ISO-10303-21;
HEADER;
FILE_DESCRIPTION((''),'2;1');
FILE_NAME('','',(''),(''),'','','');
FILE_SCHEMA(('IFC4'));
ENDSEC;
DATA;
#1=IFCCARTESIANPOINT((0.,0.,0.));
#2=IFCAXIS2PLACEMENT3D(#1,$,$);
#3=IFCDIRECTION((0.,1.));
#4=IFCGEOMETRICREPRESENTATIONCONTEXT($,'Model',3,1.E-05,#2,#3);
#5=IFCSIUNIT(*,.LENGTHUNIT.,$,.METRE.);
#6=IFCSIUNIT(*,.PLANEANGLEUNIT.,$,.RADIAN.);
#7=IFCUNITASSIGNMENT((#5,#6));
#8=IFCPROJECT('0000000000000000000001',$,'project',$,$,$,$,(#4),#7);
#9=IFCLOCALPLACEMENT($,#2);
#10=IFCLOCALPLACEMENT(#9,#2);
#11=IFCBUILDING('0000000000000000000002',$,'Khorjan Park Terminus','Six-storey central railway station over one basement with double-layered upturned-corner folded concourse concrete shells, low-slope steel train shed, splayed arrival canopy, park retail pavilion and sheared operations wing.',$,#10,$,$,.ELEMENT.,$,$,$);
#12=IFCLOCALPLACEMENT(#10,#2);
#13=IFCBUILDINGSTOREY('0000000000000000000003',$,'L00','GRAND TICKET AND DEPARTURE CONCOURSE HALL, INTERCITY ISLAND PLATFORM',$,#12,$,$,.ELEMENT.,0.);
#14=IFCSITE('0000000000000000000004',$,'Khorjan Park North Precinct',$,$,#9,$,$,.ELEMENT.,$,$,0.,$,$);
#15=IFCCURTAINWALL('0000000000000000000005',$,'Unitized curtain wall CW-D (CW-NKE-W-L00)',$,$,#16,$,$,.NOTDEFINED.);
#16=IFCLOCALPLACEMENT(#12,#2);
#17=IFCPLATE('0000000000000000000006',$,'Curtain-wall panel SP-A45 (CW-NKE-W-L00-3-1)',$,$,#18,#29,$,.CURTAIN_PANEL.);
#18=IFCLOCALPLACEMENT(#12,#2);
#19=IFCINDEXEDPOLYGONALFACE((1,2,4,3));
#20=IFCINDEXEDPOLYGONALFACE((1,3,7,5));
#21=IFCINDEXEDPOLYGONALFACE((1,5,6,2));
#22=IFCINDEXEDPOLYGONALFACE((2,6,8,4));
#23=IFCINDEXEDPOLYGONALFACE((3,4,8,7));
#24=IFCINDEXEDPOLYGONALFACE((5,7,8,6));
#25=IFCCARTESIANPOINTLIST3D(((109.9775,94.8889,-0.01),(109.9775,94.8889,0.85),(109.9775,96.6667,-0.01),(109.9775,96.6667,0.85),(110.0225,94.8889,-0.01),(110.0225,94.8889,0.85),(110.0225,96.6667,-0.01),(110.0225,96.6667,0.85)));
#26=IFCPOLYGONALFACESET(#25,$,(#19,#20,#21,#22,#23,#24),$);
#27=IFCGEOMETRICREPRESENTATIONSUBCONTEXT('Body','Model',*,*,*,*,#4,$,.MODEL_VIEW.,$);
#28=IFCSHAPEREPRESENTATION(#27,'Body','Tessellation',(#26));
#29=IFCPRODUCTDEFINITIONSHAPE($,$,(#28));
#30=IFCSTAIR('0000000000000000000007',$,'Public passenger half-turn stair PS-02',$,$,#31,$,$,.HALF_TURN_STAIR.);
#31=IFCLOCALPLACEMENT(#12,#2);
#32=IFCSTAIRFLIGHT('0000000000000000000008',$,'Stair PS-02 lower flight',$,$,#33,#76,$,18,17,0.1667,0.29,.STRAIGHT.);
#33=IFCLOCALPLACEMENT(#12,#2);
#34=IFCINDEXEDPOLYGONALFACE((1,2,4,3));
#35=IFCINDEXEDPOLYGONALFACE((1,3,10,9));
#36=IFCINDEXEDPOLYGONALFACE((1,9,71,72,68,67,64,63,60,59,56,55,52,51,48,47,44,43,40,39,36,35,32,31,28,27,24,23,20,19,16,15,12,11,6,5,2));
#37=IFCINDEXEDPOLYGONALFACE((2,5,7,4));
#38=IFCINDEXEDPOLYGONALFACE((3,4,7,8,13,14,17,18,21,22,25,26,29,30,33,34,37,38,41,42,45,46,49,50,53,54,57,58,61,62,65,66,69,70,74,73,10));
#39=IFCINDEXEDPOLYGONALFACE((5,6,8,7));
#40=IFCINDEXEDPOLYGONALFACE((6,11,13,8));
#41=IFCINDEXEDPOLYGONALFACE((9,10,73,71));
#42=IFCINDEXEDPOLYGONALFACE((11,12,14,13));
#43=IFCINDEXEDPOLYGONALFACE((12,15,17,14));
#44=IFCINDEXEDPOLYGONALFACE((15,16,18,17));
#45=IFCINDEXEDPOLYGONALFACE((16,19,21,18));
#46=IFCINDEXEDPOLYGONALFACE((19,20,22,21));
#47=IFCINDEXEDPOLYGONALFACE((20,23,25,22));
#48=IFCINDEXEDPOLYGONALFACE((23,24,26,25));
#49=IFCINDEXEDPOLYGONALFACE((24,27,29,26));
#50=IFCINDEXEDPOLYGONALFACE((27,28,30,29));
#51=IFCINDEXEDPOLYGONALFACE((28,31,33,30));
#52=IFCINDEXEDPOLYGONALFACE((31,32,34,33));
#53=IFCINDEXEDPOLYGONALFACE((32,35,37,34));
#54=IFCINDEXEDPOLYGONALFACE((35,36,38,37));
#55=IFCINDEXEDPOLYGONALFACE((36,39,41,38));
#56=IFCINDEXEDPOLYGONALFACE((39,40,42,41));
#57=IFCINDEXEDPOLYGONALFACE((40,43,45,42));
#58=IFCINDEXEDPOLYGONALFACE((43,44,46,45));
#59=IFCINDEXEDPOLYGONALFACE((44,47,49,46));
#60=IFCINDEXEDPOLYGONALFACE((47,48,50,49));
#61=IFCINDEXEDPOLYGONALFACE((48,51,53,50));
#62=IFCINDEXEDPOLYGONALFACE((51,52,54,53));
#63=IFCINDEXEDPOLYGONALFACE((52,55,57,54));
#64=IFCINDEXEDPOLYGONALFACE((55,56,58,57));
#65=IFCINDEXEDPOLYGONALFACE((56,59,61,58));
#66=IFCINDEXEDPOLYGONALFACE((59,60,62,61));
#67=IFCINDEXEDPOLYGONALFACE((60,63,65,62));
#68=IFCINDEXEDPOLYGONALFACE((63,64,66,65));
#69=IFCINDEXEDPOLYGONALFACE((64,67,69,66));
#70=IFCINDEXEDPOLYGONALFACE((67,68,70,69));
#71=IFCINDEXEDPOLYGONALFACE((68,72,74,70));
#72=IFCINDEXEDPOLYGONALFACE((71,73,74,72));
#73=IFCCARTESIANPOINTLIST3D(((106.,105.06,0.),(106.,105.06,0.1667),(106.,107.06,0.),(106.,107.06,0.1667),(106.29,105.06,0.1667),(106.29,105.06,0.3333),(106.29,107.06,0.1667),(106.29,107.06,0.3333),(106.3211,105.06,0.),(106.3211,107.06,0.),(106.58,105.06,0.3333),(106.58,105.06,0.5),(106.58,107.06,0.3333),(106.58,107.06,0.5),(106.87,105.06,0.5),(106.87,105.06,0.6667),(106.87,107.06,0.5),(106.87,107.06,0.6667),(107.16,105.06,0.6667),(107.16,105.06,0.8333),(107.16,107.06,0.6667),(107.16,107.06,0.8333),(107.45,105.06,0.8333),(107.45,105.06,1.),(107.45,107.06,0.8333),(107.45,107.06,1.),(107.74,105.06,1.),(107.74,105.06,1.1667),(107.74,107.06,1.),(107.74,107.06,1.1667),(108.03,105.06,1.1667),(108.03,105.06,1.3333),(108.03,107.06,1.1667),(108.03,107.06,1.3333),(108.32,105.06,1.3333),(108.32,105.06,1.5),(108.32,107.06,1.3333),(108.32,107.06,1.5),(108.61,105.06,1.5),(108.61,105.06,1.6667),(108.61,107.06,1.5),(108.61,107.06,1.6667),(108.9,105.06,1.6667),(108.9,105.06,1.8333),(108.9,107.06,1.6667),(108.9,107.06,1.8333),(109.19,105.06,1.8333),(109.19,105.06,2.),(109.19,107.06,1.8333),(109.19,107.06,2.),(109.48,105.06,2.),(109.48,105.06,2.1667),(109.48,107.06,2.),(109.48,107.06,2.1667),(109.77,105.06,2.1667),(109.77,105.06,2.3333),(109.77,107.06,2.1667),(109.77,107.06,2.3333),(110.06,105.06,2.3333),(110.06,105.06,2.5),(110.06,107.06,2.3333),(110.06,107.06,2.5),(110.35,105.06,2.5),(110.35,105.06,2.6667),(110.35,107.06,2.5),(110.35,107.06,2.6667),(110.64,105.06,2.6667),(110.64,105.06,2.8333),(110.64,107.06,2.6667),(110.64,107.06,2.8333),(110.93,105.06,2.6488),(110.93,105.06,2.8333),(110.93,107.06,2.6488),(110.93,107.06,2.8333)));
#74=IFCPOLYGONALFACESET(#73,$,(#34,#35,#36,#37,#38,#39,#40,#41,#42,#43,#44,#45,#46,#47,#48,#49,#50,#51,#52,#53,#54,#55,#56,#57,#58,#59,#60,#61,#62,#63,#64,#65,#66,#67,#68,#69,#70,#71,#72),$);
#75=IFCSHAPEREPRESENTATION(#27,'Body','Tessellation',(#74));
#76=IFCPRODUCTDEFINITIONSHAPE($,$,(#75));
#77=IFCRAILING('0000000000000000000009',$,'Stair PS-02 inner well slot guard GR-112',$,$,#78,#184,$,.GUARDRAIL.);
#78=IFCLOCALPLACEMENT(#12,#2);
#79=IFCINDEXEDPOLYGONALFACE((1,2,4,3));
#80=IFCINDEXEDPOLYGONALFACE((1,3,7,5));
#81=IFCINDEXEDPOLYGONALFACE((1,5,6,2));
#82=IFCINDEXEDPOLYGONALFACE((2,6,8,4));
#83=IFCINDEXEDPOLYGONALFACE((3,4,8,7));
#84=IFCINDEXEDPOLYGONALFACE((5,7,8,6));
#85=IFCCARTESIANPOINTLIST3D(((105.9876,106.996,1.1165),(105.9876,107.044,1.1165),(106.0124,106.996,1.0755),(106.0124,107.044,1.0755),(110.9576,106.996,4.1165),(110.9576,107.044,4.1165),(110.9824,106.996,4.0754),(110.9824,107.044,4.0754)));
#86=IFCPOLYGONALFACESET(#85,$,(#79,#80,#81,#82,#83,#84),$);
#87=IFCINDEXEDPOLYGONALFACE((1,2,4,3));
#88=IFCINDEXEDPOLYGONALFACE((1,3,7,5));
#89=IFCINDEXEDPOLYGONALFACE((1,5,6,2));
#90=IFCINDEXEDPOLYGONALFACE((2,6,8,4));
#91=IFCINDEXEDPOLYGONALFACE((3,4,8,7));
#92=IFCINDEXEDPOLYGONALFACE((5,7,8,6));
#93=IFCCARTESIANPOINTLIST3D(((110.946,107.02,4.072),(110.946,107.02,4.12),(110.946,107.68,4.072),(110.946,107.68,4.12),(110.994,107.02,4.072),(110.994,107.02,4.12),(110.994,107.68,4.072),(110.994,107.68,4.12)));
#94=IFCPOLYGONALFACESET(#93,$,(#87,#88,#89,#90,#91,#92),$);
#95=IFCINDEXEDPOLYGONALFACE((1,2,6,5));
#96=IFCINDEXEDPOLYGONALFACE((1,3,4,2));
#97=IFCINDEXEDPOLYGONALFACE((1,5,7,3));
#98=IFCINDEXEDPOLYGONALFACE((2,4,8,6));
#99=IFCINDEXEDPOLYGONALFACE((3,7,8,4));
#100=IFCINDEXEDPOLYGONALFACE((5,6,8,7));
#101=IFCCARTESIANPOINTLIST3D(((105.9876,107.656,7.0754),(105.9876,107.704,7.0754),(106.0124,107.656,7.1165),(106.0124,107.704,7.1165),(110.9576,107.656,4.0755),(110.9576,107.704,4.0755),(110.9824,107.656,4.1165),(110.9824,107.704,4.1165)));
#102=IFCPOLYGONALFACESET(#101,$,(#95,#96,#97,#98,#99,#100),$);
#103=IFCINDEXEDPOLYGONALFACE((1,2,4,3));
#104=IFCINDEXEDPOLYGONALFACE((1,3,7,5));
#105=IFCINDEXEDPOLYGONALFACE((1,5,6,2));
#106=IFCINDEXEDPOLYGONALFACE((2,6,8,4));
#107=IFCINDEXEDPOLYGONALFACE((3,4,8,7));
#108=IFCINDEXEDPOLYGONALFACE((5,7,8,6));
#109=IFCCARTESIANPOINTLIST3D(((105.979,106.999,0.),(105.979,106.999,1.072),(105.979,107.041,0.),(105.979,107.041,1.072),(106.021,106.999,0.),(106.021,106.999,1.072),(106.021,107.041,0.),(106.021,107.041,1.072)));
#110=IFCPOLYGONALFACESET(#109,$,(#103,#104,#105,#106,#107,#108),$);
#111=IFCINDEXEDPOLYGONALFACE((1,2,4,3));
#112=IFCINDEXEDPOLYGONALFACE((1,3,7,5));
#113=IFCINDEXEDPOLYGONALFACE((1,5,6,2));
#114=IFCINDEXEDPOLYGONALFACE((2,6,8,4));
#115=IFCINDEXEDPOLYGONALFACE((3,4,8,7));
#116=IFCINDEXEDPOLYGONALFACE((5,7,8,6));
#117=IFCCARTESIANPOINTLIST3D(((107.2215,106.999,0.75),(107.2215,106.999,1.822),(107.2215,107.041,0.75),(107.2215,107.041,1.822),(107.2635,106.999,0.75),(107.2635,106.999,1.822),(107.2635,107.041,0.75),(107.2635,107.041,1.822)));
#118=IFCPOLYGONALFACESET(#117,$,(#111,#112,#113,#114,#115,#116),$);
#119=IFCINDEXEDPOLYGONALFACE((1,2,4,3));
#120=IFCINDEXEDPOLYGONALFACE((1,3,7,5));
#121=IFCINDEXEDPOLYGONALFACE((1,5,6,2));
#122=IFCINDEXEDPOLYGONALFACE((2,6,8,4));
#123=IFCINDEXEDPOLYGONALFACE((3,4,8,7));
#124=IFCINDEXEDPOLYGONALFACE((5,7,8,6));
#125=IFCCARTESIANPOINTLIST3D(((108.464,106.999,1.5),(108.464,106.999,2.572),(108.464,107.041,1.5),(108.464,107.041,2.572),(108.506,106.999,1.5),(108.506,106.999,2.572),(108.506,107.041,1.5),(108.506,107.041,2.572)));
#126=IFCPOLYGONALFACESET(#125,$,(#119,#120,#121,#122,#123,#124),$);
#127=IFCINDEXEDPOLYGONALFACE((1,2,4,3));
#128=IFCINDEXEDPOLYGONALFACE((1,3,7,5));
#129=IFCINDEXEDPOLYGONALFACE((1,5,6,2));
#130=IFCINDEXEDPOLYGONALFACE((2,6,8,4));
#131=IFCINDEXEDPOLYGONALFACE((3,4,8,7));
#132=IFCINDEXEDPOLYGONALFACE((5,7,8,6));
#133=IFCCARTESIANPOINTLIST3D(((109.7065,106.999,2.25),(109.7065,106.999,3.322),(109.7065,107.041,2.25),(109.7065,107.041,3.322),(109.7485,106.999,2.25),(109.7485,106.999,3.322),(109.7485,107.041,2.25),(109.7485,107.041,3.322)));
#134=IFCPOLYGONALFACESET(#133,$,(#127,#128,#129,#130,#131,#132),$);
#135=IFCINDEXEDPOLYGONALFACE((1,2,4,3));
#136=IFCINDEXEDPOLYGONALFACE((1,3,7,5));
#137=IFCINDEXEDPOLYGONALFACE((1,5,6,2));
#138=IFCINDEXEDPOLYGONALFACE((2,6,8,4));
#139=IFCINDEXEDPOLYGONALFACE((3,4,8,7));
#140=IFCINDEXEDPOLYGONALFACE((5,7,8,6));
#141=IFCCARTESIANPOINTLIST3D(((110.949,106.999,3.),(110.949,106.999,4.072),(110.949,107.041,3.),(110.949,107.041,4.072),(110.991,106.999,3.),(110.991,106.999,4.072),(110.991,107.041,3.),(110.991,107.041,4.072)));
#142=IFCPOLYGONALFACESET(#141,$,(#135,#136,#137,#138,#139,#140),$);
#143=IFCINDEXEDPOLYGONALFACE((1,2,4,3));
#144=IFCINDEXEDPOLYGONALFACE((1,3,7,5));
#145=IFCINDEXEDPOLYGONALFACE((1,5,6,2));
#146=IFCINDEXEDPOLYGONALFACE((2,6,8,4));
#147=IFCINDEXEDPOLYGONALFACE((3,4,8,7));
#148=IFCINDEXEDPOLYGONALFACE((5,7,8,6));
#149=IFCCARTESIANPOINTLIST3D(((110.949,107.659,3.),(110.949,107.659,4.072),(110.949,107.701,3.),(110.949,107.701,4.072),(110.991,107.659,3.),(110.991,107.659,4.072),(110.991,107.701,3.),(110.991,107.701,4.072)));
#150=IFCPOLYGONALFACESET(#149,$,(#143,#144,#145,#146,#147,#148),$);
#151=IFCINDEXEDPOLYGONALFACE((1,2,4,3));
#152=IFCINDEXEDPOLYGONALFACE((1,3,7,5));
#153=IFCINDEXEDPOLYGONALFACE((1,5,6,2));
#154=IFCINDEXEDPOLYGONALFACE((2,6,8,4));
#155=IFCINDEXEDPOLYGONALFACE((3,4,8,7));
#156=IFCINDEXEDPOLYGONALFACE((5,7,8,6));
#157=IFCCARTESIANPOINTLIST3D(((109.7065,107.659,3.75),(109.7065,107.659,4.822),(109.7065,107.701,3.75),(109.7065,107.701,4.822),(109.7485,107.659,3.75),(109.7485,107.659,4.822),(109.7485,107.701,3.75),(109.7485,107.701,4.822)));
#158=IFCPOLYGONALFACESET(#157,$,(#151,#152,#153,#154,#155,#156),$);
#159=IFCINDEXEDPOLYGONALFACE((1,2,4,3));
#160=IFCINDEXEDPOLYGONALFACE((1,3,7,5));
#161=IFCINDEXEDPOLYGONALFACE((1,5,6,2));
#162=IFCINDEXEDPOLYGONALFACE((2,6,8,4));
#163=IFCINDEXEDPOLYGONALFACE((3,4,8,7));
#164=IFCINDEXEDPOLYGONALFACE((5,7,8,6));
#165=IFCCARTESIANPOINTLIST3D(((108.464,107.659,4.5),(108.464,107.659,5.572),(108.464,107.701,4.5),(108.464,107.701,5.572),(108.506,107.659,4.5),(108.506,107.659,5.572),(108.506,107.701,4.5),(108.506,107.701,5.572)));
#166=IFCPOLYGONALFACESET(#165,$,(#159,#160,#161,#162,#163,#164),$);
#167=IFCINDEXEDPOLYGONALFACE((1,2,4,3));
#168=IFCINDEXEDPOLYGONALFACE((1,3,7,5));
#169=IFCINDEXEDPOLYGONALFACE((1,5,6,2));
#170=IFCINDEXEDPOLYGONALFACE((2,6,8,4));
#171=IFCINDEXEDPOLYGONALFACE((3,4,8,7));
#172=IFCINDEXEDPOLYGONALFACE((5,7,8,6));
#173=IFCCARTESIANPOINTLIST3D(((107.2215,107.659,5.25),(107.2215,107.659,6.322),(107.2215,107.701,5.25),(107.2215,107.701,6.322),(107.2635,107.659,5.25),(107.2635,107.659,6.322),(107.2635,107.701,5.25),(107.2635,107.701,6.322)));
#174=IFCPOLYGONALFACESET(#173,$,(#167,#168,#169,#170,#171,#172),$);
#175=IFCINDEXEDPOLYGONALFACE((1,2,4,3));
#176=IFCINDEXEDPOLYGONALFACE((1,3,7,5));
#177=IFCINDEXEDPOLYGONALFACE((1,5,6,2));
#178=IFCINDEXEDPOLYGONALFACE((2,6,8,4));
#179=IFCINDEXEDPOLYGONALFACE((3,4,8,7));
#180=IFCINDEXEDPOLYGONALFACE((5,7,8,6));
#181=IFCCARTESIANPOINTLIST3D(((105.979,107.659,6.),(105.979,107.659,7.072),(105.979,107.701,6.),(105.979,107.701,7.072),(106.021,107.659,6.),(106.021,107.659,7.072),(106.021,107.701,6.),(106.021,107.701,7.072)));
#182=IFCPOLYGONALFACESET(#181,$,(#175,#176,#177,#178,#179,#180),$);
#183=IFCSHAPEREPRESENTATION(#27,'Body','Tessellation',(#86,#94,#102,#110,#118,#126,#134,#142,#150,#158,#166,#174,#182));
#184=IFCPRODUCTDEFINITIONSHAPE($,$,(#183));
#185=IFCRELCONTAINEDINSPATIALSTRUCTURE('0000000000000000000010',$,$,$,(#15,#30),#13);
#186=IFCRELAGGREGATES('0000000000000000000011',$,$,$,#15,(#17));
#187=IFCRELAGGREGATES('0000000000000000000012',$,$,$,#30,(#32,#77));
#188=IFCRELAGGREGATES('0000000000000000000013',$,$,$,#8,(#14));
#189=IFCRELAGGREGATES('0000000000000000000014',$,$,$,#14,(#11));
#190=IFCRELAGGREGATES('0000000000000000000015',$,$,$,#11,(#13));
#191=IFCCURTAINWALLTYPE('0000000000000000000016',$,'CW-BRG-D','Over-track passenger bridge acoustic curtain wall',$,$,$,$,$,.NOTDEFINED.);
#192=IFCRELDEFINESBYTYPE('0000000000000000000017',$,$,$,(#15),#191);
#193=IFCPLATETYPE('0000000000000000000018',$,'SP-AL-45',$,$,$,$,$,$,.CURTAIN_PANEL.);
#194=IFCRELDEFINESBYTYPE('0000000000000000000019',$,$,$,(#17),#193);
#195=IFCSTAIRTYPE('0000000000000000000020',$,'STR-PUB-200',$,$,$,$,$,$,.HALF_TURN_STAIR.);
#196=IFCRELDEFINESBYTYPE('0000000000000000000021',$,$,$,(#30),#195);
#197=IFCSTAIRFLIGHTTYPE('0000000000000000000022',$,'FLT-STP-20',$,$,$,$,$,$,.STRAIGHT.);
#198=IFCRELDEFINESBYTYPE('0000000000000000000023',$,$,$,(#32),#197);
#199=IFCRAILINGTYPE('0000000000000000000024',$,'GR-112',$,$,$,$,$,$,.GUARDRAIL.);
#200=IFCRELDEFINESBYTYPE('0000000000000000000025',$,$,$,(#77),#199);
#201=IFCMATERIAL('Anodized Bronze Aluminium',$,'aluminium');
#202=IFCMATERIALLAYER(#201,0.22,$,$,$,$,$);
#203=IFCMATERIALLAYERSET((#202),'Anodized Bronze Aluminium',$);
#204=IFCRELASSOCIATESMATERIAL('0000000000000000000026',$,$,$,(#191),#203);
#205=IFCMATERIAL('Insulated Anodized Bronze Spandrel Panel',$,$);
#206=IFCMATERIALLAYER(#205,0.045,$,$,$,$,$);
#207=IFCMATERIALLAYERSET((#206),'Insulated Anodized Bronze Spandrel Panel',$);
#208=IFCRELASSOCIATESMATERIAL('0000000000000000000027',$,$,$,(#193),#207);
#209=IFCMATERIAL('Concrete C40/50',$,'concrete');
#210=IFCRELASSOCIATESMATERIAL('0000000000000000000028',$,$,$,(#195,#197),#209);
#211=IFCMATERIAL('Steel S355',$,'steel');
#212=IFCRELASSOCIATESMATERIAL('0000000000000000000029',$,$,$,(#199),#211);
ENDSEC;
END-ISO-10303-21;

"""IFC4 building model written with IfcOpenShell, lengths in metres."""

from ifc_helpers import new_model, si_unit, direction, frame, origin, origin_2d, place, context, subcontext, project, spatial, polyline, rectangle, outline, extrude, material, layer, layer_set, type_object, element, aggregate, save


model = new_model("IFC4")

# Units and contexts
model_context = context("Model", 3, precision=1e-05, world=origin(), true_north=direction((0.0, 1.0)))
body_context = subcontext(model_context, "Body", "Model", "MODEL_VIEW")
ifc_project = project(units=[si_unit("LENGTHUNIT", "METRE"), si_unit("PLANEANGLEUNIT", "RADIAN")], contexts=[model_context])

# Site, building, storey
site_placement = place(None, origin())
site = spatial("IfcSite", under=ifc_project, at=site_placement, Name="Khorjan Park North Precinct", CompositionType="ELEMENT", RefElevation=0.0)
building_placement = place(site_placement, origin())
building = spatial("IfcBuilding", under=site, at=building_placement, Name="Khorjan Park Terminus", Description="Six-storey central railway station over one basement with double-layered upturned-corner folded concourse concrete shells, low-slope steel train shed, splayed arrival canopy, park retail pavilion and sheared operations wing.", CompositionType="ELEMENT")
storey_placement = place(building_placement, origin())
storey = spatial("IfcBuildingStorey", under=building, at=storey_placement, Name="L00", Description="GRAND TICKET AND DEPARTURE CONCOURSE HALL, INTERCITY ISLAND PLATFORM", CompositionType="ELEMENT", Elevation=0.0)

# Shared definitions
ifc_material_1 = material(Name="Steel S355", Category="steel")

# Curtain wall, plate
ifc_material_2 = material(Name="Anodized Bronze Aluminium", Category="aluminium")
ifc_layer_1 = layer(ifc_material_2, 0.22)
ifc_layer_set_1 = layer_set([ifc_layer_1], Name="Anodized Bronze Aluminium")
curtain_wall_type = type_object("IfcCurtainWallType", Name="CW-BRG-D", Description="Over-track passenger bridge acoustic curtain wall", PredefinedType="NOTDEFINED", material=ifc_layer_set_1)
curtain_wall_placement = place(storey_placement, origin())
curtain_wall = element("IfcCurtainWall", 1, at=curtain_wall_placement, inside=storey, type_object=curtain_wall_type, Name="Unitized curtain wall CW-D (CW-NKE-W-L00)", PredefinedType="NOTDEFINED")
ifc_material_3 = material(Name="Insulated Anodized Bronze Spandrel Panel")
ifc_layer_2 = layer(ifc_material_3, 0.045)
ifc_layer_set_2 = layer_set([ifc_layer_2], Name="Insulated Anodized Bronze Spandrel Panel")
plate_type_1 = type_object("IfcPlateType", Name="SP-AL-45", PredefinedType="CURTAIN_PANEL", material=ifc_layer_set_2)
plate_1_placement = place(storey_placement, frame((110.0, 95.7778, -0.01), z_axis=(0.0, 0.0, 1.0), x_axis=(0.0, -1.0, 0.0)))
plate_1 = element("IfcPlate", 2, at=plate_1_placement, type_object=plate_type_1, Name="Curtain-wall panel SP-A45 (CW-NKE-W-L00-3-1)", PredefinedType="CURTAIN_PANEL", context=body_context, shape_type="SweptSolid", body=[
    extrude(rectangle(XDim=1.7778, YDim=0.045, at=origin_2d()), origin(), (0.0, 0.0, 1.0), 0.86),
])
aggregate(curtain_wall, [plate_1])

# Stair, stair flight, railing
ifc_material_4 = material(Name="Concrete C40/50", Category="concrete")
stair_type = type_object("IfcStairType", Name="STR-PUB-200", PredefinedType="HALF_TURN_STAIR", material=ifc_material_4)
stair_placement = place(storey_placement, origin())
stair = element("IfcStair", 3, at=stair_placement, inside=storey, type_object=stair_type, Name="Public passenger half-turn stair PS-02", PredefinedType="HALF_TURN_STAIR")
stair_flight_type = type_object("IfcStairFlightType", Name="FLT-STP-20", PredefinedType="STRAIGHT", material=ifc_material_4)
stair_flight_placement = place(storey_placement, frame((106.0, 106.06, 0.0), z_axis=(0.0, 0.0, 1.0), x_axis=(1.0, 0.0, 0.0)))
stair_flight = element("IfcStairFlight", 4, at=stair_flight_placement, type_object=stair_flight_type, Name="Stair PS-02 lower flight", NumberOfRisers=18, NumberOfTreads=17, PredefinedType="STRAIGHT", RiserHeight=0.1667, TreadLength=0.29, context=body_context, shape_type="SweptSolid", body=[
    extrude(outline(polyline([(0.0, 0.0), (0.0, 0.1667), (0.29, 0.1667), (0.29, 0.3333), (0.58, 0.3333), (0.58, 0.5), (0.87, 0.5), (0.87, 0.6667), (1.16, 0.6667), (1.16, 0.8333), (1.45, 0.8333), (1.45, 1.0), (1.74, 1.0), (1.74, 1.1667), (2.03, 1.1667), (2.03, 1.3333), (2.32, 1.3333), (2.32, 1.5), (2.61, 1.5), (2.61, 1.6667), (2.9, 1.6667), (2.9, 1.8333), (3.19, 1.8333), (3.19, 2.0), (3.48, 2.0), (3.48, 2.1667), (3.77, 2.1667), (3.77, 2.3333), (4.06, 2.3333), (4.06, 2.5), (4.35, 2.5), (4.35, 2.6667), (4.64, 2.6667), (4.64, 2.8333), (4.93, 2.8333), (4.93, 3.0), (4.93, 2.6488), (0.3211, 0.0), (0.0, 0.0)])), frame((0.0, 1.0, 0.0), z_axis=(0.0, -1.0, 0.0), x_axis=(1.0, 0.0, 0.0)), (0.0, 0.0, 1.0), 2.0),
])
railing_type_1 = type_object("IfcRailingType", Name="GR-112", PredefinedType="GUARDRAIL", material=ifc_material_1)
railing_1_placement = place(storey_placement, frame((106.0, 107.02, 0.0)))
railing_1 = element("IfcRailing", 5, at=railing_1_placement, type_object=railing_type_1, Name="Stair PS-02 inner well slot guard GR-112", PredefinedType="GUARDRAIL", context=body_context, shape_type="SweptSolid", body=[
    extrude(rectangle(XDim=0.048, YDim=0.048, at=origin_2d()), frame((0.0, 0.0, 1.096), z_axis=(0.856122, 0.0, 0.516774), x_axis=(0.0, 1.0, 0.0)), (0.0, 0.0, 1.0), 5.8052),
    extrude(rectangle(XDim=0.048, YDim=0.048, at=origin_2d()), frame((4.97, 0.0, 4.096), z_axis=(0.0, 1.0, 0.0), x_axis=(-1.0, 0.0, 0.0)), (0.0, 0.0, 1.0), 0.66),
    extrude(rectangle(XDim=0.048, YDim=0.048, at=origin_2d()), frame((4.97, 0.66, 4.096), z_axis=(-0.856122, 0.0, 0.516774), x_axis=(0.0, -1.0, 0.0)), (0.0, 0.0, 1.0), 5.8052),
    extrude(rectangle(XDim=0.042, YDim=0.042, at=origin_2d()), origin(), (0.0, 0.0, 1.0), 1.072),
    extrude(rectangle(XDim=0.042, YDim=0.042, at=origin_2d()), frame((1.2425, 0.0, 0.75)), (0.0, 0.0, 1.0), 1.072),
    extrude(rectangle(XDim=0.042, YDim=0.042, at=origin_2d()), frame((2.485, 0.0, 1.5)), (0.0, 0.0, 1.0), 1.072),
    extrude(rectangle(XDim=0.042, YDim=0.042, at=origin_2d()), frame((3.7275, 0.0, 2.25)), (0.0, 0.0, 1.0), 1.072),
    extrude(rectangle(XDim=0.042, YDim=0.042, at=origin_2d()), frame((4.97, 0.0, 3.0)), (0.0, 0.0, 1.0), 1.072),
    extrude(rectangle(XDim=0.042, YDim=0.042, at=origin_2d()), frame((4.97, 0.66, 3.0)), (0.0, 0.0, 1.0), 1.072),
    extrude(rectangle(XDim=0.042, YDim=0.042, at=origin_2d()), frame((3.7275, 0.66, 3.75)), (0.0, 0.0, 1.0), 1.072),
    extrude(rectangle(XDim=0.042, YDim=0.042, at=origin_2d()), frame((2.485, 0.66, 4.5)), (0.0, 0.0, 1.0), 1.072),
    extrude(rectangle(XDim=0.042, YDim=0.042, at=origin_2d()), frame((1.2425, 0.66, 5.25)), (0.0, 0.0, 1.0), 1.072),
    extrude(rectangle(XDim=0.042, YDim=0.042, at=origin_2d()), frame((0.0, 0.66, 6.0)), (0.0, 0.0, 1.0), 1.072),
])
aggregate(stair, [stair_flight, railing_1])

save(model, "model.ifc")
